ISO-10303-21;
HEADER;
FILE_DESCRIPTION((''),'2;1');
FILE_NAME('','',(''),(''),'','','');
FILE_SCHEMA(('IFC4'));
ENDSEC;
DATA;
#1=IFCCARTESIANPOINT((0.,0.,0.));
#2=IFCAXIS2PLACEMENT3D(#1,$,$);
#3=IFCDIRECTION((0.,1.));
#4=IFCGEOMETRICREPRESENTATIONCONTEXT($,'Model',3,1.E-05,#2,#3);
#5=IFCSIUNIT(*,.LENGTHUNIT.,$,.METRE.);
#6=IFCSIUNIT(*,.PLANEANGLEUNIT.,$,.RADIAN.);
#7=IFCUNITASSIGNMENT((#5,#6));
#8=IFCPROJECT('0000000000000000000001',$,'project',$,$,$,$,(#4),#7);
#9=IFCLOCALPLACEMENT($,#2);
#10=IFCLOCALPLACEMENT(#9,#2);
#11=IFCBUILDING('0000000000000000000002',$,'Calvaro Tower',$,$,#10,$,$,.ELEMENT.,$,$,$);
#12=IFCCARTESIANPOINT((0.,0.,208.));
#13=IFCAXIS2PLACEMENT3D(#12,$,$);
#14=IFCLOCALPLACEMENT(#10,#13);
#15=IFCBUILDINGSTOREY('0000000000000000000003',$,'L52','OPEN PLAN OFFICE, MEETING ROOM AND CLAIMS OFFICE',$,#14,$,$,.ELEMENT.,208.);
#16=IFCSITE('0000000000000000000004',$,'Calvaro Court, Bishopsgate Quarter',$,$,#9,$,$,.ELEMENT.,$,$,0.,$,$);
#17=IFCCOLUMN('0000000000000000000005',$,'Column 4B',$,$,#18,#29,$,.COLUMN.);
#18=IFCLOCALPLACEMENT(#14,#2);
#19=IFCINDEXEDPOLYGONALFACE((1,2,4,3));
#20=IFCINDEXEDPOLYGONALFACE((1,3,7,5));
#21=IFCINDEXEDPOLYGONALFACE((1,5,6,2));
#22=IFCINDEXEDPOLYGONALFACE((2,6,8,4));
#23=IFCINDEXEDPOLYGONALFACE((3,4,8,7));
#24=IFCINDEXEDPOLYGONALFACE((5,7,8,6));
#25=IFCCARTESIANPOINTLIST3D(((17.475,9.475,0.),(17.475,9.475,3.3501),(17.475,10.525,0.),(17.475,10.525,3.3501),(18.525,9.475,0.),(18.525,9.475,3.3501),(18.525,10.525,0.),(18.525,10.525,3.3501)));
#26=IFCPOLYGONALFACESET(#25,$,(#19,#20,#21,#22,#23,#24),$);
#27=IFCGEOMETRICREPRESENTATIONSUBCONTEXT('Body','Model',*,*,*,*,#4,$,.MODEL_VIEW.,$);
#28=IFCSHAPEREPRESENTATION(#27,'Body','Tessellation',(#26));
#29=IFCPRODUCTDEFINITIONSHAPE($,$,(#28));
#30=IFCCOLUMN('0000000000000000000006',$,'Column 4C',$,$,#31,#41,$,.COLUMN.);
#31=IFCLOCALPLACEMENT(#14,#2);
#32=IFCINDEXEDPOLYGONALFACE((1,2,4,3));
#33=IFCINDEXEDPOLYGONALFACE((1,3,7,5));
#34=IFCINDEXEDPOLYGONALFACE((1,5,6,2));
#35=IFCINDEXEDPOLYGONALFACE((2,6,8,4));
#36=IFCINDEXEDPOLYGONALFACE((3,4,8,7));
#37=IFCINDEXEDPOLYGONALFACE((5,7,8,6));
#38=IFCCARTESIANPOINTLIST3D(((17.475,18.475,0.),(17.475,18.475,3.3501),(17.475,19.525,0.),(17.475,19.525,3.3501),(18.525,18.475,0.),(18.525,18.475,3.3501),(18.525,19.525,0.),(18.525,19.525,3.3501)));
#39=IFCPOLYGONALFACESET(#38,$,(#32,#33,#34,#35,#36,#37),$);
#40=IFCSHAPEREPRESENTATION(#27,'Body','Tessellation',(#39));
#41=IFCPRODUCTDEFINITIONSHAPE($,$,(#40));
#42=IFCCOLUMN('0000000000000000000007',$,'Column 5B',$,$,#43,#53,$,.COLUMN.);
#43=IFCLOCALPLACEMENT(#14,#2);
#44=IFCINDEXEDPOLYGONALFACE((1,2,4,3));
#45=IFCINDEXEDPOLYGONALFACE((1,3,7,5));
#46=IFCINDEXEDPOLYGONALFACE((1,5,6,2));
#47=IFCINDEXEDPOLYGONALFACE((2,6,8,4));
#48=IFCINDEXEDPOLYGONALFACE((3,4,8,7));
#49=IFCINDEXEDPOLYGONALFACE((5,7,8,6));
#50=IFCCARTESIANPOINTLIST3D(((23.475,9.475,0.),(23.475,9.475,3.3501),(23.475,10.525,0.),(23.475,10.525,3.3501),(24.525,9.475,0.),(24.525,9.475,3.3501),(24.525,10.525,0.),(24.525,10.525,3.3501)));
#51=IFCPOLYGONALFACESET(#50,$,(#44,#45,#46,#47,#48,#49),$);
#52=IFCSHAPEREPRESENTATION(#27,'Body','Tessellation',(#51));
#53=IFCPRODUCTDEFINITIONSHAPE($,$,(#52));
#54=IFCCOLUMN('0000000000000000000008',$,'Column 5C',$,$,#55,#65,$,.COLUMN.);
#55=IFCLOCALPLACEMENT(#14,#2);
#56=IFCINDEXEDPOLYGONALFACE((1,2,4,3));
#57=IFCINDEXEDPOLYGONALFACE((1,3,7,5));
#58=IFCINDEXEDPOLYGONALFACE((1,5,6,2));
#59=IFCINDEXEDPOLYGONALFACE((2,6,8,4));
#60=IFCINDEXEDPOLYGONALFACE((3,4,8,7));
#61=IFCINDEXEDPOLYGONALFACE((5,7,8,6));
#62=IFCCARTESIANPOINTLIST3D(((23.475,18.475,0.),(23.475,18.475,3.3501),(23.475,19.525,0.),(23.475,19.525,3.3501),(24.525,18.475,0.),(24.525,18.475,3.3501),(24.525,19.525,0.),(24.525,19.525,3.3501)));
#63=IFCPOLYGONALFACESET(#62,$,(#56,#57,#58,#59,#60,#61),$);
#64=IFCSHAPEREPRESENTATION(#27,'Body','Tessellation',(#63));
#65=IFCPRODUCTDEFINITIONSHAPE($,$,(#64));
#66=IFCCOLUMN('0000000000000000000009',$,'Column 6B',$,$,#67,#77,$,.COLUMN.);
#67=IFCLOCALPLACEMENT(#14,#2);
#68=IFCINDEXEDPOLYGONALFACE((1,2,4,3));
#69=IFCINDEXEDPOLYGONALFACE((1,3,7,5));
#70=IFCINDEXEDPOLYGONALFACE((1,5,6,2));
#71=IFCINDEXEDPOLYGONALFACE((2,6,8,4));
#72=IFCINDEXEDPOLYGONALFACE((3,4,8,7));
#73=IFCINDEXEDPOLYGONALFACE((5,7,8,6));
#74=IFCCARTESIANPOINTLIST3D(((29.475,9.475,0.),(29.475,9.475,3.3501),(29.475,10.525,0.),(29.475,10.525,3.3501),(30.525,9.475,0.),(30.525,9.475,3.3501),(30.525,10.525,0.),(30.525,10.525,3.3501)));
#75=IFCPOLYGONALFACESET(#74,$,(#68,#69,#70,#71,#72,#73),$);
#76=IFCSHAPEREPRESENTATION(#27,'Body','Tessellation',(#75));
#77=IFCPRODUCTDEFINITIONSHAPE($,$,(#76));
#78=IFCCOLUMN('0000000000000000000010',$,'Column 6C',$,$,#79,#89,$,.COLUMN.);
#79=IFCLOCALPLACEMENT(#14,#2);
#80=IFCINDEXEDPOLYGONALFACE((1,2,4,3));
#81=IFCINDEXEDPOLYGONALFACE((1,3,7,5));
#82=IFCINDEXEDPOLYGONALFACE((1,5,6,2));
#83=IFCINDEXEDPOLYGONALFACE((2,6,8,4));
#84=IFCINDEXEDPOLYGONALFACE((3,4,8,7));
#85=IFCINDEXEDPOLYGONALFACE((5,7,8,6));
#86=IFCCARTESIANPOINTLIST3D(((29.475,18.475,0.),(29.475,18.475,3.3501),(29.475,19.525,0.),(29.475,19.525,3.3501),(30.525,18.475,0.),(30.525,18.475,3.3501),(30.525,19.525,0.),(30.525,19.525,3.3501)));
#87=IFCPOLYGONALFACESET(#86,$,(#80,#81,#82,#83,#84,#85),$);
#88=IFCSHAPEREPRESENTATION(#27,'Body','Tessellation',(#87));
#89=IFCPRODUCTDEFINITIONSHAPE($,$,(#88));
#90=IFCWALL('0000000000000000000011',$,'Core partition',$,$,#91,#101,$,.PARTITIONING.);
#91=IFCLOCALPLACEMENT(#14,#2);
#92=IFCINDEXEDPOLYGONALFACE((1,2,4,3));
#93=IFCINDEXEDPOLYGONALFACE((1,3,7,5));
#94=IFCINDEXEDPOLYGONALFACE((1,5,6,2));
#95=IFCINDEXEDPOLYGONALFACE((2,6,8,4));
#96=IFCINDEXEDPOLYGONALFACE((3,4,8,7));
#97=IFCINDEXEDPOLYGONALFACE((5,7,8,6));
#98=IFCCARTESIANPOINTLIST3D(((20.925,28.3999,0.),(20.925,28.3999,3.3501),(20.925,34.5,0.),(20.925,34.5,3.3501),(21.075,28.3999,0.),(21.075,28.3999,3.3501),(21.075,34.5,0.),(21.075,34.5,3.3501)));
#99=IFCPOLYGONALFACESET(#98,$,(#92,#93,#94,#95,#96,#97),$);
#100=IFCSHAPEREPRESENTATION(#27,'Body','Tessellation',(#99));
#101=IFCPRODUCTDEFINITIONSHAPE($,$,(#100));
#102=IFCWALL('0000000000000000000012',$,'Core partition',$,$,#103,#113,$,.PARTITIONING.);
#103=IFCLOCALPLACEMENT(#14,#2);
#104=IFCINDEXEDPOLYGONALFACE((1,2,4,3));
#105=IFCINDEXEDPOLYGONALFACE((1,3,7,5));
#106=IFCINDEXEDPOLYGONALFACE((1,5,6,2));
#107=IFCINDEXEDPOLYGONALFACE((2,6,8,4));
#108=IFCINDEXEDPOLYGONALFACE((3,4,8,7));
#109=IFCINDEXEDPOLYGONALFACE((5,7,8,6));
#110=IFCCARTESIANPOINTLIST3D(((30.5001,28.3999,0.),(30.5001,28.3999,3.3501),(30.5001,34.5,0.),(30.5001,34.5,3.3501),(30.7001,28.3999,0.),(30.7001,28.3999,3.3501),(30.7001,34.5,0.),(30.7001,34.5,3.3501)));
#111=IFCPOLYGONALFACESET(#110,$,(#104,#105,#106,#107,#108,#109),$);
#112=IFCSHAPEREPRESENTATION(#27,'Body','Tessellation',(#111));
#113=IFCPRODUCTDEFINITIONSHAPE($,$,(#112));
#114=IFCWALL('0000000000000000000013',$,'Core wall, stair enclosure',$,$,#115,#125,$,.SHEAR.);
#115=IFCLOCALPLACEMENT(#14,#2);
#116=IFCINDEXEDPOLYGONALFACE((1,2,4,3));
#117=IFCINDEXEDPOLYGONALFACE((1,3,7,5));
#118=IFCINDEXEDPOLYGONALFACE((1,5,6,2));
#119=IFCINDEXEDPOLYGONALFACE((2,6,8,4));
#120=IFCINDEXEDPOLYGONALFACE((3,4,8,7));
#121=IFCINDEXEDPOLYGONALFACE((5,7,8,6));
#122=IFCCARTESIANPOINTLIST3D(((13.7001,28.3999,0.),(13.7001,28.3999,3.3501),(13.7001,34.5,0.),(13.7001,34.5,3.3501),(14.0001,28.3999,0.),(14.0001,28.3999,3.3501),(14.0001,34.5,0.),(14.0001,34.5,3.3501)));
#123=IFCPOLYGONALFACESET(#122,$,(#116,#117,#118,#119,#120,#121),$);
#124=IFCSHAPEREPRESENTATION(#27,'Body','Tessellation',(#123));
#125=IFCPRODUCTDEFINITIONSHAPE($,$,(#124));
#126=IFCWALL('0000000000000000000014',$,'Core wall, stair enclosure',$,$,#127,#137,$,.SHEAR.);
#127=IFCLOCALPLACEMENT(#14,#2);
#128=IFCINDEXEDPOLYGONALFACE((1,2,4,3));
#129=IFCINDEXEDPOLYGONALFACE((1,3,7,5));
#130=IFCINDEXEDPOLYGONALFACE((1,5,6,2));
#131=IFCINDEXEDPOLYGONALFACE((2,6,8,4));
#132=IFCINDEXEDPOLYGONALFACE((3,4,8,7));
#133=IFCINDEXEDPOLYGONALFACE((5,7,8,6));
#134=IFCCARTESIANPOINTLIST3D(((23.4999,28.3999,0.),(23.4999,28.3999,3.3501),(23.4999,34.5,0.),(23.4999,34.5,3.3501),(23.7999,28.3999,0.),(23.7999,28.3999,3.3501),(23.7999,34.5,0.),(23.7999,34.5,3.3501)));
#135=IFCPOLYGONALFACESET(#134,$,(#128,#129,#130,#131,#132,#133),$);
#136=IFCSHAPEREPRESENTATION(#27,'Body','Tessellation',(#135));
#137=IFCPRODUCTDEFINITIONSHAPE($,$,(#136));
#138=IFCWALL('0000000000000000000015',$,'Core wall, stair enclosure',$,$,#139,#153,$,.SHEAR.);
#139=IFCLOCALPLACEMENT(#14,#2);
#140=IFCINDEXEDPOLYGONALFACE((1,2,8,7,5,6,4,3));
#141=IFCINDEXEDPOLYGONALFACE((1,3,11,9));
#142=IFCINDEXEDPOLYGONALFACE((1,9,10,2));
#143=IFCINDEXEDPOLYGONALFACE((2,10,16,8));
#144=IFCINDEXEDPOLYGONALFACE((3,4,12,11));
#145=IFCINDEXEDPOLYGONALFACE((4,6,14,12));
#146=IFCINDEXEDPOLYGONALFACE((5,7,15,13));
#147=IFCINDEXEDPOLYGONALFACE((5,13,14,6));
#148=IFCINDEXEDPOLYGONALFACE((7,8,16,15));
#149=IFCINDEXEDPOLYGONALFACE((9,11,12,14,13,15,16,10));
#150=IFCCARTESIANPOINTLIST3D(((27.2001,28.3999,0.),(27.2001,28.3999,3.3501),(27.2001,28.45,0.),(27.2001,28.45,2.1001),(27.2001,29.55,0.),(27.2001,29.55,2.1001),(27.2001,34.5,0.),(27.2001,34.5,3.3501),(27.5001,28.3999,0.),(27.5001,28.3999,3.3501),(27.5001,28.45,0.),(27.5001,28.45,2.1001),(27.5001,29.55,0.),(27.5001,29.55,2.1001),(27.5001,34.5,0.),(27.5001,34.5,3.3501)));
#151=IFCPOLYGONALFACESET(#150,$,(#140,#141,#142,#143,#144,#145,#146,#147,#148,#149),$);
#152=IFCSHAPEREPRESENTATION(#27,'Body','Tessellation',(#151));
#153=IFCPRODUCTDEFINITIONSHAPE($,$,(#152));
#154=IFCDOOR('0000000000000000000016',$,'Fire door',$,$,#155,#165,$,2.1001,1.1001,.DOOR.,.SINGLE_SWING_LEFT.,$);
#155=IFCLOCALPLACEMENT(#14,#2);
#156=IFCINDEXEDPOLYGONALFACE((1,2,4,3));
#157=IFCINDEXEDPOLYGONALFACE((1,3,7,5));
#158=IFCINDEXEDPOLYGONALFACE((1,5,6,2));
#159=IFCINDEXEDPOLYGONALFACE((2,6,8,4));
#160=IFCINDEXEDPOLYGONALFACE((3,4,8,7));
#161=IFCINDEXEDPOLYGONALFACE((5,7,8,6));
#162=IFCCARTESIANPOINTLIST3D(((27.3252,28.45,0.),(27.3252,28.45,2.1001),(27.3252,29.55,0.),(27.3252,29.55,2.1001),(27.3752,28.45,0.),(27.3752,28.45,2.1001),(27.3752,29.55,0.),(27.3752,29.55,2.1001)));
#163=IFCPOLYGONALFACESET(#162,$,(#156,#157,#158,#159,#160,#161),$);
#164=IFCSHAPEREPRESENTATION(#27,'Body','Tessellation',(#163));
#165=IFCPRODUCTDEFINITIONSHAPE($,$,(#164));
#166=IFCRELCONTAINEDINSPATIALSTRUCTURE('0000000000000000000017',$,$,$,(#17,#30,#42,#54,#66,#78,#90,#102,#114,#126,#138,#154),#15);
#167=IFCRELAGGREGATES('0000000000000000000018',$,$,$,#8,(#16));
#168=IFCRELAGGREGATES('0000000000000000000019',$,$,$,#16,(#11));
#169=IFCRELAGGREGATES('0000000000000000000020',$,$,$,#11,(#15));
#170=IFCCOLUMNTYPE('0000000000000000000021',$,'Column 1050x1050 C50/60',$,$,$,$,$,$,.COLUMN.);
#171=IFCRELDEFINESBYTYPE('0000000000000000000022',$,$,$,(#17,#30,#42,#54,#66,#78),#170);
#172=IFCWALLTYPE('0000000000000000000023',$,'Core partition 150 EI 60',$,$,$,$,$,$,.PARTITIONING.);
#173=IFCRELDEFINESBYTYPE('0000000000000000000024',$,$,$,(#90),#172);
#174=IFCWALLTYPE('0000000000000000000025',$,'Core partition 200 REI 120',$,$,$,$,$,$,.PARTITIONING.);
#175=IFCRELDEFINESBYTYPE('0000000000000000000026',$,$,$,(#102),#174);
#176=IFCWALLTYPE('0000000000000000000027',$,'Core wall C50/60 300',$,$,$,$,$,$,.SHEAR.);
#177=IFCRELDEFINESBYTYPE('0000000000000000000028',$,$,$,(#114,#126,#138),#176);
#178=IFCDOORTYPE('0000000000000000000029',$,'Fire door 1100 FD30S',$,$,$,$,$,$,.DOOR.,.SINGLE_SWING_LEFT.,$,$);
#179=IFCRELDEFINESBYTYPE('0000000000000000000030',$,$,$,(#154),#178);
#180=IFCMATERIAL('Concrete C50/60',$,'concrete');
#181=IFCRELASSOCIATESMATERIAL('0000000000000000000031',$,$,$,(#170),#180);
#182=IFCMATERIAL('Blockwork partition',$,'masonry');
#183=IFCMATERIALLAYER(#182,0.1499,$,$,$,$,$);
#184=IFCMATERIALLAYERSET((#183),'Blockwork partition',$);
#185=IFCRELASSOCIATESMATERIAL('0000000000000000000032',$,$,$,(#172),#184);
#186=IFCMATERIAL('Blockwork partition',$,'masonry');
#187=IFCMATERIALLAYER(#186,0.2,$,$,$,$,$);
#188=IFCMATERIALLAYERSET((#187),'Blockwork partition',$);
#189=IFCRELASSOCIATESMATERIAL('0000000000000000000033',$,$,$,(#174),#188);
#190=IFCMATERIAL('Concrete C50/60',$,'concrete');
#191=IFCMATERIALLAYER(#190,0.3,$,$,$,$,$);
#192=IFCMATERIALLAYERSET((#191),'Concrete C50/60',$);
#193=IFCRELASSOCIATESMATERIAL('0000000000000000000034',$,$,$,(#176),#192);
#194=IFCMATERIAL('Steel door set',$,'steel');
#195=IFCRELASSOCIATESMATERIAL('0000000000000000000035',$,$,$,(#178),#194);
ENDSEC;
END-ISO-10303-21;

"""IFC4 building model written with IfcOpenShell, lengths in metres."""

from ifc_helpers import new_model, si_unit, direction, frame, frame_2d, origin, origin_2d, place, context, subcontext, project, spatial, rectangle, extrude, material, layer, layer_set, material_profile, profile_set, type_object, element, fill, save


model = new_model("IFC4")

# Units and contexts
model_context = context("Model", 3, precision=1e-05, world=origin(), true_north=direction((0.0, 1.0)))
body_context = subcontext(model_context, "Body", "Model", "MODEL_VIEW")
ifc_project = project(units=[si_unit("LENGTHUNIT", "METRE"), si_unit("PLANEANGLEUNIT", "RADIAN")], contexts=[model_context])

# Site, building, storey
site_placement = place(None, origin())
site = spatial("IfcSite", under=ifc_project, at=site_placement, Name="Calvaro Court, Bishopsgate Quarter", CompositionType="ELEMENT", RefElevation=0.0)
building_placement = place(site_placement, origin())
building = spatial("IfcBuilding", under=site, at=building_placement, Name="Calvaro Tower", CompositionType="ELEMENT")
storey_placement = place(building_placement, frame((0.0, 0.0, 208.0)))
storey = spatial("IfcBuildingStorey", under=building, at=storey_placement, Name="L52", Description="OPEN PLAN OFFICE, MEETING ROOM AND CLAIMS OFFICE", CompositionType="ELEMENT", Elevation=208.0)

# Columns
ifc_material_1 = material(Name="Concrete C50/60", Category="concrete")
ifc_material_profile = material_profile(ifc_material_1, rectangle(XDim=1.05, YDim=1.05, at=origin_2d()), Name="RC 1050x1050")
ifc_profile_set = profile_set([ifc_material_profile], Name="Concrete C50/60")
column_type = type_object("IfcColumnType", Name="Column 1050x1050 C50/60", PredefinedType="COLUMN", material=ifc_profile_set)
for number, where, z_axis, x_axis, name in (
    (1, (18.0, 10.0, 0.0), (0.0, 0.0, 1.0), (1.0, 0.0, 0.0), "Column 4B"),
    (2, (18.0, 19.0, 0.0), (0.0, 0.0, 1.0), (1.0, 0.0, 0.0), "Column 4C"),
    (3, (24.0, 10.0, 0.0), (0.0, 0.0, 1.0), (1.0, 0.0, 0.0), "Column 5B"),
    (4, (24.0, 19.0, 0.0), (0.0, 0.0, 1.0), (1.0, 0.0, 0.0), "Column 5C"),
    (5, (30.0, 10.0, 0.0), (0.0, 0.0, 1.0), (1.0, 0.0, 0.0), "Column 6B"),
    (6, (30.0, 19.0, 0.0), (0.0, 0.0, 1.0), (1.0, 0.0, 0.0), "Column 6C"),
):
    element("IfcColumn", number, at=place(storey_placement, frame(where, z_axis=z_axis, x_axis=x_axis)), inside=storey, type_object=column_type, Name=name, PredefinedType="COLUMN", context=body_context, shape_type="SweptSolid", body=[
        extrude(rectangle(XDim=1.05, YDim=1.05, at=origin_2d()), origin(), (0.0, 0.0, 1.0), 3.3501),
    ])

# Walls
ifc_material_2 = material(Name="Blockwork partition", Category="masonry")
ifc_layer_1 = layer(ifc_material_2, 0.1499)
ifc_layer_set_1 = layer_set([ifc_layer_1], Name="Blockwork partition")
wall_type_1 = type_object("IfcWallType", Name="Core partition 150 EI 60", PredefinedType="PARTITIONING", material=ifc_layer_set_1)
wall_1_placement = place(storey_placement, frame((21.0, 28.3999, 0.0), z_axis=(0.0, 0.0, 1.0), x_axis=(0.0, 1.0, 0.0)))
element("IfcWall", 7, at=wall_1_placement, inside=storey, type_object=wall_type_1, Name="Core partition", PredefinedType="PARTITIONING", context=body_context, shape_type="SweptSolid", body=[
    extrude(rectangle(XDim=6.1001, YDim=0.1499, at=frame_2d((3.05, 0.0))), origin(), (0.0, 0.0, 1.0), 3.3501),
])
ifc_material_3 = material(Name="Blockwork partition", Category="masonry")
ifc_layer_2 = layer(ifc_material_3, 0.2)
ifc_layer_set_2 = layer_set([ifc_layer_2], Name="Blockwork partition")
wall_type_2 = type_object("IfcWallType", Name="Core partition 200 REI 120", PredefinedType="PARTITIONING", material=ifc_layer_set_2)
wall_2_placement = place(storey_placement, frame((30.6001, 28.3999, 0.0), z_axis=(0.0, 0.0, 1.0), x_axis=(0.0, 1.0, 0.0)))
element("IfcWall", 8, at=wall_2_placement, inside=storey, type_object=wall_type_2, Name="Core partition", PredefinedType="PARTITIONING", context=body_context, shape_type="SweptSolid", body=[
    extrude(rectangle(XDim=6.1001, YDim=0.2, at=frame_2d((3.05, 0.0))), origin(), (0.0, 0.0, 1.0), 3.3501),
])
ifc_material_4 = material(Name="Concrete C50/60", Category="concrete")
ifc_layer_3 = layer(ifc_material_4, 0.3)
ifc_layer_set_3 = layer_set([ifc_layer_3], Name="Concrete C50/60")
wall_type_3 = type_object("IfcWallType", Name="Core wall C50/60 300", PredefinedType="SHEAR", material=ifc_layer_set_3)
for number, where, z_axis, x_axis, name in (
    (9, (13.8501, 28.3999, 0.0), (0.0, 0.0, 1.0), (0.0, 1.0, 0.0), "Core wall, stair enclosure"),
    (10, (23.6499, 28.3999, 0.0), (0.0, 0.0, 1.0), (0.0, 1.0, 0.0), "Core wall, stair enclosure"),
):
    element("IfcWall", number, at=place(storey_placement, frame(where, z_axis=z_axis, x_axis=x_axis)), inside=storey, type_object=wall_type_3, Name=name, PredefinedType="SHEAR", context=body_context, shape_type="SweptSolid", body=[
        extrude(rectangle(XDim=6.1001, YDim=0.3, at=frame_2d((3.05, 0.0))), origin(), (0.0, 0.0, 1.0), 3.3501),
    ])

# Wall, opening, door
wall_3_placement = place(storey_placement, frame((27.3501, 28.3999, 0.0), z_axis=(0.0, 0.0, 1.0), x_axis=(0.0, 1.0, 0.0)))
wall_3 = element("IfcWall", 11, at=wall_3_placement, inside=storey, type_object=wall_type_3, Name="Core wall, stair enclosure", PredefinedType="SHEAR", context=body_context, shape_type="SweptSolid", body=[
    extrude(rectangle(XDim=6.1001, YDim=0.3, at=frame_2d((3.05, 0.0))), origin(), (0.0, 0.0, 1.0), 3.3501),
])
opening_1_placement = place(wall_3_placement, frame((0.05, 0.0, 0.0)))
opening_1 = element("IfcOpeningElement", 12, at=opening_1_placement, cuts=wall_3, PredefinedType="OPENING", context=body_context, shape_type="SweptSolid", body=[
    extrude(rectangle(XDim=1.1001, YDim=2.1001, at=frame_2d((0.55, 1.05))), frame((0.0, 0.1599, 0.0), z_axis=(0.0, -1.0, 0.0), x_axis=(1.0, 0.0, 0.0)), (0.0, 0.0, 1.0), 0.3201),
])
ifc_material_5 = material(Name="Steel door set", Category="steel")
door_type_1 = type_object("IfcDoorType", Name="Fire door 1100 FD30S", OperationType="SINGLE_SWING_LEFT", PredefinedType="DOOR", material=ifc_material_5)
door_1_placement = place(opening_1_placement, origin())
door_1 = element("IfcDoor", 13, at=door_1_placement, inside=storey, type_object=door_type_1, Name="Fire door", OperationType="SINGLE_SWING_LEFT", OverallHeight=2.1001, OverallWidth=1.1001, PredefinedType="DOOR", context=body_context, shape_type="SweptSolid", body=[
    extrude(rectangle(XDim=1.1001, YDim=2.1001, at=frame_2d((0.55, 1.05))), frame((0.0, 0.0249, 0.0), z_axis=(0.0, -1.0, 0.0), x_axis=(1.0, 0.0, 0.0)), (0.0, 0.0, 1.0), 0.05),
])
fill(opening_1, door_1)

save(model, "model.ifc")
